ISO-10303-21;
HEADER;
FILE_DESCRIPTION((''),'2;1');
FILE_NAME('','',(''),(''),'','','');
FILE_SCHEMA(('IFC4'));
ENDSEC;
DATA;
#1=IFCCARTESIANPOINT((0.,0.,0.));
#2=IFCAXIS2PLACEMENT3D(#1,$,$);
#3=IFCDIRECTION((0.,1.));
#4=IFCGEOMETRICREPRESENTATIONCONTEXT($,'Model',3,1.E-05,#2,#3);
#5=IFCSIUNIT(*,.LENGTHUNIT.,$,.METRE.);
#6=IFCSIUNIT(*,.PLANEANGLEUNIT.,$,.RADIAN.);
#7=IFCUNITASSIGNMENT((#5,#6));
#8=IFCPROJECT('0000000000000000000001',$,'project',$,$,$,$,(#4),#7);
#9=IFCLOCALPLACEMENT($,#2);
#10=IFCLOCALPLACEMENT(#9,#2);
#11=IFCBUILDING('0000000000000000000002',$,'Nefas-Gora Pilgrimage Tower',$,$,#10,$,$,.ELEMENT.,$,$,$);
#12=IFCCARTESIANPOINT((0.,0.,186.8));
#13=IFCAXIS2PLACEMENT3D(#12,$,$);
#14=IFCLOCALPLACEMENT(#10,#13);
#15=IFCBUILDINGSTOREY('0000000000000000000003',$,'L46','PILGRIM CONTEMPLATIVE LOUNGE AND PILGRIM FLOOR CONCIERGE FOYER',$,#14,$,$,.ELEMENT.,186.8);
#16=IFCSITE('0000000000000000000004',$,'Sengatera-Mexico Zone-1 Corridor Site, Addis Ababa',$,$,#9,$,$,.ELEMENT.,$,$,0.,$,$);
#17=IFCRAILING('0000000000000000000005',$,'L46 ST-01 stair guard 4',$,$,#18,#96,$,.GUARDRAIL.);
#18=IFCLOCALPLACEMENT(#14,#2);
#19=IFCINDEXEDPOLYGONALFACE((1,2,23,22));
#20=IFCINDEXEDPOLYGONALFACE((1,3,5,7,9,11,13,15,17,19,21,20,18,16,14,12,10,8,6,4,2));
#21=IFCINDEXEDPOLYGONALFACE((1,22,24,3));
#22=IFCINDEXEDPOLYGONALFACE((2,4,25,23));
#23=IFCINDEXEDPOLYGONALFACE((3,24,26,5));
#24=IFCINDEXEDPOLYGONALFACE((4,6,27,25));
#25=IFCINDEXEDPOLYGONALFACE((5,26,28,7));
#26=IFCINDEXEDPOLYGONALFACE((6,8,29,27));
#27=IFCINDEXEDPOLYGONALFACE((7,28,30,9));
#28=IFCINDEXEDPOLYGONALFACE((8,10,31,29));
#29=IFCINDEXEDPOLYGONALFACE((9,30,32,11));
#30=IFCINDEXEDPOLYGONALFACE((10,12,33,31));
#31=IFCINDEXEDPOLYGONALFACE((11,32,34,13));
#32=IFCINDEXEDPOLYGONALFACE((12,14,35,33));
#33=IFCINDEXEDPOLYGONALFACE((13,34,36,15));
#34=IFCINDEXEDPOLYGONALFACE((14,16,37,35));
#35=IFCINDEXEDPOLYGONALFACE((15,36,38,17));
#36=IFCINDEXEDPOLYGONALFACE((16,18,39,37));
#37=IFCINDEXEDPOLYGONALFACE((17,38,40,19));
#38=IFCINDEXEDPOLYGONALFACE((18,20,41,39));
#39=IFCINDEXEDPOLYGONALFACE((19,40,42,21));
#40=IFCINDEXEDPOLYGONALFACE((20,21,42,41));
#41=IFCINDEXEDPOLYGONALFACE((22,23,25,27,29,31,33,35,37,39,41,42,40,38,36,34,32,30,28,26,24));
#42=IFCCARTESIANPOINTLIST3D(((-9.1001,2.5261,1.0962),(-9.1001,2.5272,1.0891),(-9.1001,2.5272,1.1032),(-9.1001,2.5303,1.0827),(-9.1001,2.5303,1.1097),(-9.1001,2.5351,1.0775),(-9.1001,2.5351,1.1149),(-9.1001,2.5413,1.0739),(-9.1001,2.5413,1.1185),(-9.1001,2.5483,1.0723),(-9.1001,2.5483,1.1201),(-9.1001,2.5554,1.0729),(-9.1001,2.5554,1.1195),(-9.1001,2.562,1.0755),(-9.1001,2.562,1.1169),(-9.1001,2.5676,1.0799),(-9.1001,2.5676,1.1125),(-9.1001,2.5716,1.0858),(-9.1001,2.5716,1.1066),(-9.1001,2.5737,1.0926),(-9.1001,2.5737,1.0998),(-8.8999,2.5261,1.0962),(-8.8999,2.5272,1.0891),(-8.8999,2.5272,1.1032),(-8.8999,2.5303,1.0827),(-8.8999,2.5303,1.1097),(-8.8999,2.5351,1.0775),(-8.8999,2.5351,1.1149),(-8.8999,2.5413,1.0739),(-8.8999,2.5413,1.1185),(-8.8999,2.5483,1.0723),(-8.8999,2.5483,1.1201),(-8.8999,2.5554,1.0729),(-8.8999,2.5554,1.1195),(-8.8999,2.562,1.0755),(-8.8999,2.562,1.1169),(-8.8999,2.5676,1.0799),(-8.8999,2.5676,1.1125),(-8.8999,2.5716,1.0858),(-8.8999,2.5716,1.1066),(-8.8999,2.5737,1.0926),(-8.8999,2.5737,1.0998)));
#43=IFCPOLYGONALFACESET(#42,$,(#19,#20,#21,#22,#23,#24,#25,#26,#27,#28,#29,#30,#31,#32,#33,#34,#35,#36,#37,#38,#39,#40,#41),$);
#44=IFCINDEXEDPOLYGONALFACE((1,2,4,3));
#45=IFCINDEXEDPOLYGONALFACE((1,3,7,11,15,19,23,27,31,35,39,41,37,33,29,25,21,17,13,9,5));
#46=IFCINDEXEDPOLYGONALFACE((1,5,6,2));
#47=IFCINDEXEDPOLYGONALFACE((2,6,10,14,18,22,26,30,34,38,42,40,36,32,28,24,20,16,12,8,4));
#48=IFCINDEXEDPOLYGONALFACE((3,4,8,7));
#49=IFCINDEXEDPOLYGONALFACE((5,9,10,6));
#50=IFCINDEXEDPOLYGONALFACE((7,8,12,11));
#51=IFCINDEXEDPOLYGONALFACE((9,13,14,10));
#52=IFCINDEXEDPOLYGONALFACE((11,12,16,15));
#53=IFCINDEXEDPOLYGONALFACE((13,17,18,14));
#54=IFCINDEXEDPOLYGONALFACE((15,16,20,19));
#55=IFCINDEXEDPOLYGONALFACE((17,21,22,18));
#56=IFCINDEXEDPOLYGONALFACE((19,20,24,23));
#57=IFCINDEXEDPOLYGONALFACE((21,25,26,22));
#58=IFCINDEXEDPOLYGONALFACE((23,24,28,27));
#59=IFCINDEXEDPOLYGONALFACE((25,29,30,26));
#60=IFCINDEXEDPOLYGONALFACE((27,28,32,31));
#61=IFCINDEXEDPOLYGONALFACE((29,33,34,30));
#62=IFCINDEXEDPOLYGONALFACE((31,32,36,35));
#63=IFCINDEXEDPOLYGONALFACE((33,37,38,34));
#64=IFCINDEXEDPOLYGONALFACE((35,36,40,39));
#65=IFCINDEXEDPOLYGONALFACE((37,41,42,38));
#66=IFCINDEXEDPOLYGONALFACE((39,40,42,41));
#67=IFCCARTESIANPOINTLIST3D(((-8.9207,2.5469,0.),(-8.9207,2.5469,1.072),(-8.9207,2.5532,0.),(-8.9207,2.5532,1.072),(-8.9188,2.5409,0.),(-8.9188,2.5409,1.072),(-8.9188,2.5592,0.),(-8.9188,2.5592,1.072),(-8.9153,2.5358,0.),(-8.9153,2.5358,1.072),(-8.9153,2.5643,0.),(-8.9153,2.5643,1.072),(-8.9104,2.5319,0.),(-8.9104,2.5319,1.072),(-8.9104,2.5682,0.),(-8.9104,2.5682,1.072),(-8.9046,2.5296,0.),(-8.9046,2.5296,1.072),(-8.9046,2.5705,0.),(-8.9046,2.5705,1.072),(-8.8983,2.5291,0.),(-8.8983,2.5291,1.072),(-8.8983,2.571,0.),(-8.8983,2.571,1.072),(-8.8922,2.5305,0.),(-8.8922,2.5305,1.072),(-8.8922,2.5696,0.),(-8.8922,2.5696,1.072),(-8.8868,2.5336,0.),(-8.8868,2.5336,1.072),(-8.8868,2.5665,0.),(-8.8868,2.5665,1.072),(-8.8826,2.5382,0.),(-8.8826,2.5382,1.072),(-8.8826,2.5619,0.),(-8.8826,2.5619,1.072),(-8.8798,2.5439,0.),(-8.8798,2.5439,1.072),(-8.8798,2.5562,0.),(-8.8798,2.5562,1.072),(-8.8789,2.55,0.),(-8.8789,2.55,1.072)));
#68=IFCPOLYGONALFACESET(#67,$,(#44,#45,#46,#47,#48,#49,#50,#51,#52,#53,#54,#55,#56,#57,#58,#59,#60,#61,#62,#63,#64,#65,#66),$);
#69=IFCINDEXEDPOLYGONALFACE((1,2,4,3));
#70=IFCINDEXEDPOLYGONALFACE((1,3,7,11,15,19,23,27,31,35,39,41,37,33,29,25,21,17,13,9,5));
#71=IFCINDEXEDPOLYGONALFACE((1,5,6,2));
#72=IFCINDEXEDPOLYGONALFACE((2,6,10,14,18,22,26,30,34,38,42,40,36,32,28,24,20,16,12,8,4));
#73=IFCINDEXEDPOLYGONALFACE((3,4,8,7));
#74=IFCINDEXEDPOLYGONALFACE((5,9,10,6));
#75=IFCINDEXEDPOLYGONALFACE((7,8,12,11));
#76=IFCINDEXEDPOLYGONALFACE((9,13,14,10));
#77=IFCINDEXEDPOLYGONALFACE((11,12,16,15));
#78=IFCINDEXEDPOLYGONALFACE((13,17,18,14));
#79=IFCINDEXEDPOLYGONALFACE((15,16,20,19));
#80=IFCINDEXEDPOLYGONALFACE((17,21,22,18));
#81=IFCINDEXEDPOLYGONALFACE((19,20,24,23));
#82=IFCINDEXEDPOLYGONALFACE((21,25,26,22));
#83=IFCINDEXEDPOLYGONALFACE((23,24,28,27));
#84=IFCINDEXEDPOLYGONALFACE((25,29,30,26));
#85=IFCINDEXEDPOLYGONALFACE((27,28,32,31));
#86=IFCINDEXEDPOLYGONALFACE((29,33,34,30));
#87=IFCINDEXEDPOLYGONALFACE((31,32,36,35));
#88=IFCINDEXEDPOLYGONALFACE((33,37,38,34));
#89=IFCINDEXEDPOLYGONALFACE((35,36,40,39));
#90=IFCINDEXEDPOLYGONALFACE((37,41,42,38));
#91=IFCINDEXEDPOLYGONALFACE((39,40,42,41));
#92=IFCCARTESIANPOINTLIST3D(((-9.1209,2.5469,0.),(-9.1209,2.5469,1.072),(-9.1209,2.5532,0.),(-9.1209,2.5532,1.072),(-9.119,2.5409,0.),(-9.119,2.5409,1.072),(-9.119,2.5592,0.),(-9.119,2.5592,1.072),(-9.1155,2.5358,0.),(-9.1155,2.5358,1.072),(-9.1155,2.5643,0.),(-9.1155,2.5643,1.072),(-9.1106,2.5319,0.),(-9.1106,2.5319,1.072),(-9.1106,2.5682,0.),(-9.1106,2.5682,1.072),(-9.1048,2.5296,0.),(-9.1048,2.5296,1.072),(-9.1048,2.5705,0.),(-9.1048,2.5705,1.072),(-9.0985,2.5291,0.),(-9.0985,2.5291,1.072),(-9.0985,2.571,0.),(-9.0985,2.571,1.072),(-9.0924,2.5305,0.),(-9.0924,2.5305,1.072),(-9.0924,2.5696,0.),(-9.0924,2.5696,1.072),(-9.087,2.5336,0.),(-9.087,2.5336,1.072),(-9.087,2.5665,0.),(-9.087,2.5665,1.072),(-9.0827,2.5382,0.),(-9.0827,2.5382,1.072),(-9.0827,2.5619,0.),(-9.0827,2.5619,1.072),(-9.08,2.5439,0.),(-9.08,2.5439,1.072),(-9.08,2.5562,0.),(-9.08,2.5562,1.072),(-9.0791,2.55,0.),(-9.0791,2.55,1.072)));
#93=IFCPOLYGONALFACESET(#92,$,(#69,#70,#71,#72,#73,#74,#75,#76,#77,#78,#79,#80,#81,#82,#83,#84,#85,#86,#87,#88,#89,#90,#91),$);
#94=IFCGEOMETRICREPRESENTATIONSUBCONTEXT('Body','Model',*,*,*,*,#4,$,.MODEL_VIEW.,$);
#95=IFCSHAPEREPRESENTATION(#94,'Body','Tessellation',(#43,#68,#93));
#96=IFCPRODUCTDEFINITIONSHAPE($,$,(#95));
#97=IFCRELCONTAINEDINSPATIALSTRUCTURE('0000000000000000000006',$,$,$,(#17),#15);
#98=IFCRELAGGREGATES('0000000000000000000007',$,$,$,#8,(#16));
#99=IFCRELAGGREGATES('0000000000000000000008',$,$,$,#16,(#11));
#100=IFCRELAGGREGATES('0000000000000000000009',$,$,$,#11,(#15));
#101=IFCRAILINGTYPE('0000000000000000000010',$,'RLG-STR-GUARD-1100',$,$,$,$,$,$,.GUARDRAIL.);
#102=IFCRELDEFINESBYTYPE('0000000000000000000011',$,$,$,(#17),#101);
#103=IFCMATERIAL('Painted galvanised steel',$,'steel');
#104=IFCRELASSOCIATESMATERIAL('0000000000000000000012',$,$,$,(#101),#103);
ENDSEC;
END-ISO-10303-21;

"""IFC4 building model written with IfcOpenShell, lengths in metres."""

from ifc_helpers import new_model, si_unit, direction, frame, origin, origin_2d, place, context, subcontext, project, spatial, circle, extrude, material, type_object, element, save


model = new_model("IFC4")

# Units and contexts
model_context = context("Model", 3, precision=1e-05, world=origin(), true_north=direction((0.0, 1.0)))
body_context = subcontext(model_context, "Body", "Model", "MODEL_VIEW")
ifc_project = project(units=[si_unit("LENGTHUNIT", "METRE"), si_unit("PLANEANGLEUNIT", "RADIAN")], contexts=[model_context])

# Site, building, storey
site_placement = place(None, origin())
site = spatial("IfcSite", under=ifc_project, at=site_placement, Name="Sengatera-Mexico Zone-1 Corridor Site, Addis Ababa", CompositionType="ELEMENT", RefElevation=0.0)
building_placement = place(site_placement, origin())
building = spatial("IfcBuilding", under=site, at=building_placement, Name="Nefas-Gora Pilgrimage Tower", CompositionType="ELEMENT")
storey_placement = place(building_placement, frame((0.0, 0.0, 186.8)))
storey = spatial("IfcBuildingStorey", under=building, at=storey_placement, Name="L46", Description="PILGRIM CONTEMPLATIVE LOUNGE AND PILGRIM FLOOR CONCIERGE FOYER", CompositionType="ELEMENT", Elevation=186.8)

# Railing
ifc_material_1 = material(Name="Painted galvanised steel", Category="steel")
railing_type_1 = type_object("IfcRailingType", Name="RLG-STR-GUARD-1100", PredefinedType="GUARDRAIL", material=ifc_material_1)
railing_1_placement = place(storey_placement, frame((-8.8999, 2.55, 0.0)))
element("IfcRailing", 1, at=railing_1_placement, inside=storey, type_object=railing_type_1, Name="L46 ST-01 stair guard 4", PredefinedType="GUARDRAIL", context=body_context, shape_type="SweptSolid", body=[
    extrude(circle(Radius=0.0239, at=origin_2d()), frame((0.0, 0.0, 1.0962), z_axis=(-1.0, 0.0, 0.0), x_axis=(0.0, -1.0, 0.0)), (0.0, 0.0, 1.0), 0.2002),
    extrude(circle(Radius=0.021, at=origin_2d()), origin(), (0.0, 0.0, 1.0), 1.072),
    extrude(circle(Radius=0.021, at=origin_2d()), frame((-0.2002, 0.0, 0.0)), (0.0, 0.0, 1.0), 1.072),
])

save(model, "model.ifc")
